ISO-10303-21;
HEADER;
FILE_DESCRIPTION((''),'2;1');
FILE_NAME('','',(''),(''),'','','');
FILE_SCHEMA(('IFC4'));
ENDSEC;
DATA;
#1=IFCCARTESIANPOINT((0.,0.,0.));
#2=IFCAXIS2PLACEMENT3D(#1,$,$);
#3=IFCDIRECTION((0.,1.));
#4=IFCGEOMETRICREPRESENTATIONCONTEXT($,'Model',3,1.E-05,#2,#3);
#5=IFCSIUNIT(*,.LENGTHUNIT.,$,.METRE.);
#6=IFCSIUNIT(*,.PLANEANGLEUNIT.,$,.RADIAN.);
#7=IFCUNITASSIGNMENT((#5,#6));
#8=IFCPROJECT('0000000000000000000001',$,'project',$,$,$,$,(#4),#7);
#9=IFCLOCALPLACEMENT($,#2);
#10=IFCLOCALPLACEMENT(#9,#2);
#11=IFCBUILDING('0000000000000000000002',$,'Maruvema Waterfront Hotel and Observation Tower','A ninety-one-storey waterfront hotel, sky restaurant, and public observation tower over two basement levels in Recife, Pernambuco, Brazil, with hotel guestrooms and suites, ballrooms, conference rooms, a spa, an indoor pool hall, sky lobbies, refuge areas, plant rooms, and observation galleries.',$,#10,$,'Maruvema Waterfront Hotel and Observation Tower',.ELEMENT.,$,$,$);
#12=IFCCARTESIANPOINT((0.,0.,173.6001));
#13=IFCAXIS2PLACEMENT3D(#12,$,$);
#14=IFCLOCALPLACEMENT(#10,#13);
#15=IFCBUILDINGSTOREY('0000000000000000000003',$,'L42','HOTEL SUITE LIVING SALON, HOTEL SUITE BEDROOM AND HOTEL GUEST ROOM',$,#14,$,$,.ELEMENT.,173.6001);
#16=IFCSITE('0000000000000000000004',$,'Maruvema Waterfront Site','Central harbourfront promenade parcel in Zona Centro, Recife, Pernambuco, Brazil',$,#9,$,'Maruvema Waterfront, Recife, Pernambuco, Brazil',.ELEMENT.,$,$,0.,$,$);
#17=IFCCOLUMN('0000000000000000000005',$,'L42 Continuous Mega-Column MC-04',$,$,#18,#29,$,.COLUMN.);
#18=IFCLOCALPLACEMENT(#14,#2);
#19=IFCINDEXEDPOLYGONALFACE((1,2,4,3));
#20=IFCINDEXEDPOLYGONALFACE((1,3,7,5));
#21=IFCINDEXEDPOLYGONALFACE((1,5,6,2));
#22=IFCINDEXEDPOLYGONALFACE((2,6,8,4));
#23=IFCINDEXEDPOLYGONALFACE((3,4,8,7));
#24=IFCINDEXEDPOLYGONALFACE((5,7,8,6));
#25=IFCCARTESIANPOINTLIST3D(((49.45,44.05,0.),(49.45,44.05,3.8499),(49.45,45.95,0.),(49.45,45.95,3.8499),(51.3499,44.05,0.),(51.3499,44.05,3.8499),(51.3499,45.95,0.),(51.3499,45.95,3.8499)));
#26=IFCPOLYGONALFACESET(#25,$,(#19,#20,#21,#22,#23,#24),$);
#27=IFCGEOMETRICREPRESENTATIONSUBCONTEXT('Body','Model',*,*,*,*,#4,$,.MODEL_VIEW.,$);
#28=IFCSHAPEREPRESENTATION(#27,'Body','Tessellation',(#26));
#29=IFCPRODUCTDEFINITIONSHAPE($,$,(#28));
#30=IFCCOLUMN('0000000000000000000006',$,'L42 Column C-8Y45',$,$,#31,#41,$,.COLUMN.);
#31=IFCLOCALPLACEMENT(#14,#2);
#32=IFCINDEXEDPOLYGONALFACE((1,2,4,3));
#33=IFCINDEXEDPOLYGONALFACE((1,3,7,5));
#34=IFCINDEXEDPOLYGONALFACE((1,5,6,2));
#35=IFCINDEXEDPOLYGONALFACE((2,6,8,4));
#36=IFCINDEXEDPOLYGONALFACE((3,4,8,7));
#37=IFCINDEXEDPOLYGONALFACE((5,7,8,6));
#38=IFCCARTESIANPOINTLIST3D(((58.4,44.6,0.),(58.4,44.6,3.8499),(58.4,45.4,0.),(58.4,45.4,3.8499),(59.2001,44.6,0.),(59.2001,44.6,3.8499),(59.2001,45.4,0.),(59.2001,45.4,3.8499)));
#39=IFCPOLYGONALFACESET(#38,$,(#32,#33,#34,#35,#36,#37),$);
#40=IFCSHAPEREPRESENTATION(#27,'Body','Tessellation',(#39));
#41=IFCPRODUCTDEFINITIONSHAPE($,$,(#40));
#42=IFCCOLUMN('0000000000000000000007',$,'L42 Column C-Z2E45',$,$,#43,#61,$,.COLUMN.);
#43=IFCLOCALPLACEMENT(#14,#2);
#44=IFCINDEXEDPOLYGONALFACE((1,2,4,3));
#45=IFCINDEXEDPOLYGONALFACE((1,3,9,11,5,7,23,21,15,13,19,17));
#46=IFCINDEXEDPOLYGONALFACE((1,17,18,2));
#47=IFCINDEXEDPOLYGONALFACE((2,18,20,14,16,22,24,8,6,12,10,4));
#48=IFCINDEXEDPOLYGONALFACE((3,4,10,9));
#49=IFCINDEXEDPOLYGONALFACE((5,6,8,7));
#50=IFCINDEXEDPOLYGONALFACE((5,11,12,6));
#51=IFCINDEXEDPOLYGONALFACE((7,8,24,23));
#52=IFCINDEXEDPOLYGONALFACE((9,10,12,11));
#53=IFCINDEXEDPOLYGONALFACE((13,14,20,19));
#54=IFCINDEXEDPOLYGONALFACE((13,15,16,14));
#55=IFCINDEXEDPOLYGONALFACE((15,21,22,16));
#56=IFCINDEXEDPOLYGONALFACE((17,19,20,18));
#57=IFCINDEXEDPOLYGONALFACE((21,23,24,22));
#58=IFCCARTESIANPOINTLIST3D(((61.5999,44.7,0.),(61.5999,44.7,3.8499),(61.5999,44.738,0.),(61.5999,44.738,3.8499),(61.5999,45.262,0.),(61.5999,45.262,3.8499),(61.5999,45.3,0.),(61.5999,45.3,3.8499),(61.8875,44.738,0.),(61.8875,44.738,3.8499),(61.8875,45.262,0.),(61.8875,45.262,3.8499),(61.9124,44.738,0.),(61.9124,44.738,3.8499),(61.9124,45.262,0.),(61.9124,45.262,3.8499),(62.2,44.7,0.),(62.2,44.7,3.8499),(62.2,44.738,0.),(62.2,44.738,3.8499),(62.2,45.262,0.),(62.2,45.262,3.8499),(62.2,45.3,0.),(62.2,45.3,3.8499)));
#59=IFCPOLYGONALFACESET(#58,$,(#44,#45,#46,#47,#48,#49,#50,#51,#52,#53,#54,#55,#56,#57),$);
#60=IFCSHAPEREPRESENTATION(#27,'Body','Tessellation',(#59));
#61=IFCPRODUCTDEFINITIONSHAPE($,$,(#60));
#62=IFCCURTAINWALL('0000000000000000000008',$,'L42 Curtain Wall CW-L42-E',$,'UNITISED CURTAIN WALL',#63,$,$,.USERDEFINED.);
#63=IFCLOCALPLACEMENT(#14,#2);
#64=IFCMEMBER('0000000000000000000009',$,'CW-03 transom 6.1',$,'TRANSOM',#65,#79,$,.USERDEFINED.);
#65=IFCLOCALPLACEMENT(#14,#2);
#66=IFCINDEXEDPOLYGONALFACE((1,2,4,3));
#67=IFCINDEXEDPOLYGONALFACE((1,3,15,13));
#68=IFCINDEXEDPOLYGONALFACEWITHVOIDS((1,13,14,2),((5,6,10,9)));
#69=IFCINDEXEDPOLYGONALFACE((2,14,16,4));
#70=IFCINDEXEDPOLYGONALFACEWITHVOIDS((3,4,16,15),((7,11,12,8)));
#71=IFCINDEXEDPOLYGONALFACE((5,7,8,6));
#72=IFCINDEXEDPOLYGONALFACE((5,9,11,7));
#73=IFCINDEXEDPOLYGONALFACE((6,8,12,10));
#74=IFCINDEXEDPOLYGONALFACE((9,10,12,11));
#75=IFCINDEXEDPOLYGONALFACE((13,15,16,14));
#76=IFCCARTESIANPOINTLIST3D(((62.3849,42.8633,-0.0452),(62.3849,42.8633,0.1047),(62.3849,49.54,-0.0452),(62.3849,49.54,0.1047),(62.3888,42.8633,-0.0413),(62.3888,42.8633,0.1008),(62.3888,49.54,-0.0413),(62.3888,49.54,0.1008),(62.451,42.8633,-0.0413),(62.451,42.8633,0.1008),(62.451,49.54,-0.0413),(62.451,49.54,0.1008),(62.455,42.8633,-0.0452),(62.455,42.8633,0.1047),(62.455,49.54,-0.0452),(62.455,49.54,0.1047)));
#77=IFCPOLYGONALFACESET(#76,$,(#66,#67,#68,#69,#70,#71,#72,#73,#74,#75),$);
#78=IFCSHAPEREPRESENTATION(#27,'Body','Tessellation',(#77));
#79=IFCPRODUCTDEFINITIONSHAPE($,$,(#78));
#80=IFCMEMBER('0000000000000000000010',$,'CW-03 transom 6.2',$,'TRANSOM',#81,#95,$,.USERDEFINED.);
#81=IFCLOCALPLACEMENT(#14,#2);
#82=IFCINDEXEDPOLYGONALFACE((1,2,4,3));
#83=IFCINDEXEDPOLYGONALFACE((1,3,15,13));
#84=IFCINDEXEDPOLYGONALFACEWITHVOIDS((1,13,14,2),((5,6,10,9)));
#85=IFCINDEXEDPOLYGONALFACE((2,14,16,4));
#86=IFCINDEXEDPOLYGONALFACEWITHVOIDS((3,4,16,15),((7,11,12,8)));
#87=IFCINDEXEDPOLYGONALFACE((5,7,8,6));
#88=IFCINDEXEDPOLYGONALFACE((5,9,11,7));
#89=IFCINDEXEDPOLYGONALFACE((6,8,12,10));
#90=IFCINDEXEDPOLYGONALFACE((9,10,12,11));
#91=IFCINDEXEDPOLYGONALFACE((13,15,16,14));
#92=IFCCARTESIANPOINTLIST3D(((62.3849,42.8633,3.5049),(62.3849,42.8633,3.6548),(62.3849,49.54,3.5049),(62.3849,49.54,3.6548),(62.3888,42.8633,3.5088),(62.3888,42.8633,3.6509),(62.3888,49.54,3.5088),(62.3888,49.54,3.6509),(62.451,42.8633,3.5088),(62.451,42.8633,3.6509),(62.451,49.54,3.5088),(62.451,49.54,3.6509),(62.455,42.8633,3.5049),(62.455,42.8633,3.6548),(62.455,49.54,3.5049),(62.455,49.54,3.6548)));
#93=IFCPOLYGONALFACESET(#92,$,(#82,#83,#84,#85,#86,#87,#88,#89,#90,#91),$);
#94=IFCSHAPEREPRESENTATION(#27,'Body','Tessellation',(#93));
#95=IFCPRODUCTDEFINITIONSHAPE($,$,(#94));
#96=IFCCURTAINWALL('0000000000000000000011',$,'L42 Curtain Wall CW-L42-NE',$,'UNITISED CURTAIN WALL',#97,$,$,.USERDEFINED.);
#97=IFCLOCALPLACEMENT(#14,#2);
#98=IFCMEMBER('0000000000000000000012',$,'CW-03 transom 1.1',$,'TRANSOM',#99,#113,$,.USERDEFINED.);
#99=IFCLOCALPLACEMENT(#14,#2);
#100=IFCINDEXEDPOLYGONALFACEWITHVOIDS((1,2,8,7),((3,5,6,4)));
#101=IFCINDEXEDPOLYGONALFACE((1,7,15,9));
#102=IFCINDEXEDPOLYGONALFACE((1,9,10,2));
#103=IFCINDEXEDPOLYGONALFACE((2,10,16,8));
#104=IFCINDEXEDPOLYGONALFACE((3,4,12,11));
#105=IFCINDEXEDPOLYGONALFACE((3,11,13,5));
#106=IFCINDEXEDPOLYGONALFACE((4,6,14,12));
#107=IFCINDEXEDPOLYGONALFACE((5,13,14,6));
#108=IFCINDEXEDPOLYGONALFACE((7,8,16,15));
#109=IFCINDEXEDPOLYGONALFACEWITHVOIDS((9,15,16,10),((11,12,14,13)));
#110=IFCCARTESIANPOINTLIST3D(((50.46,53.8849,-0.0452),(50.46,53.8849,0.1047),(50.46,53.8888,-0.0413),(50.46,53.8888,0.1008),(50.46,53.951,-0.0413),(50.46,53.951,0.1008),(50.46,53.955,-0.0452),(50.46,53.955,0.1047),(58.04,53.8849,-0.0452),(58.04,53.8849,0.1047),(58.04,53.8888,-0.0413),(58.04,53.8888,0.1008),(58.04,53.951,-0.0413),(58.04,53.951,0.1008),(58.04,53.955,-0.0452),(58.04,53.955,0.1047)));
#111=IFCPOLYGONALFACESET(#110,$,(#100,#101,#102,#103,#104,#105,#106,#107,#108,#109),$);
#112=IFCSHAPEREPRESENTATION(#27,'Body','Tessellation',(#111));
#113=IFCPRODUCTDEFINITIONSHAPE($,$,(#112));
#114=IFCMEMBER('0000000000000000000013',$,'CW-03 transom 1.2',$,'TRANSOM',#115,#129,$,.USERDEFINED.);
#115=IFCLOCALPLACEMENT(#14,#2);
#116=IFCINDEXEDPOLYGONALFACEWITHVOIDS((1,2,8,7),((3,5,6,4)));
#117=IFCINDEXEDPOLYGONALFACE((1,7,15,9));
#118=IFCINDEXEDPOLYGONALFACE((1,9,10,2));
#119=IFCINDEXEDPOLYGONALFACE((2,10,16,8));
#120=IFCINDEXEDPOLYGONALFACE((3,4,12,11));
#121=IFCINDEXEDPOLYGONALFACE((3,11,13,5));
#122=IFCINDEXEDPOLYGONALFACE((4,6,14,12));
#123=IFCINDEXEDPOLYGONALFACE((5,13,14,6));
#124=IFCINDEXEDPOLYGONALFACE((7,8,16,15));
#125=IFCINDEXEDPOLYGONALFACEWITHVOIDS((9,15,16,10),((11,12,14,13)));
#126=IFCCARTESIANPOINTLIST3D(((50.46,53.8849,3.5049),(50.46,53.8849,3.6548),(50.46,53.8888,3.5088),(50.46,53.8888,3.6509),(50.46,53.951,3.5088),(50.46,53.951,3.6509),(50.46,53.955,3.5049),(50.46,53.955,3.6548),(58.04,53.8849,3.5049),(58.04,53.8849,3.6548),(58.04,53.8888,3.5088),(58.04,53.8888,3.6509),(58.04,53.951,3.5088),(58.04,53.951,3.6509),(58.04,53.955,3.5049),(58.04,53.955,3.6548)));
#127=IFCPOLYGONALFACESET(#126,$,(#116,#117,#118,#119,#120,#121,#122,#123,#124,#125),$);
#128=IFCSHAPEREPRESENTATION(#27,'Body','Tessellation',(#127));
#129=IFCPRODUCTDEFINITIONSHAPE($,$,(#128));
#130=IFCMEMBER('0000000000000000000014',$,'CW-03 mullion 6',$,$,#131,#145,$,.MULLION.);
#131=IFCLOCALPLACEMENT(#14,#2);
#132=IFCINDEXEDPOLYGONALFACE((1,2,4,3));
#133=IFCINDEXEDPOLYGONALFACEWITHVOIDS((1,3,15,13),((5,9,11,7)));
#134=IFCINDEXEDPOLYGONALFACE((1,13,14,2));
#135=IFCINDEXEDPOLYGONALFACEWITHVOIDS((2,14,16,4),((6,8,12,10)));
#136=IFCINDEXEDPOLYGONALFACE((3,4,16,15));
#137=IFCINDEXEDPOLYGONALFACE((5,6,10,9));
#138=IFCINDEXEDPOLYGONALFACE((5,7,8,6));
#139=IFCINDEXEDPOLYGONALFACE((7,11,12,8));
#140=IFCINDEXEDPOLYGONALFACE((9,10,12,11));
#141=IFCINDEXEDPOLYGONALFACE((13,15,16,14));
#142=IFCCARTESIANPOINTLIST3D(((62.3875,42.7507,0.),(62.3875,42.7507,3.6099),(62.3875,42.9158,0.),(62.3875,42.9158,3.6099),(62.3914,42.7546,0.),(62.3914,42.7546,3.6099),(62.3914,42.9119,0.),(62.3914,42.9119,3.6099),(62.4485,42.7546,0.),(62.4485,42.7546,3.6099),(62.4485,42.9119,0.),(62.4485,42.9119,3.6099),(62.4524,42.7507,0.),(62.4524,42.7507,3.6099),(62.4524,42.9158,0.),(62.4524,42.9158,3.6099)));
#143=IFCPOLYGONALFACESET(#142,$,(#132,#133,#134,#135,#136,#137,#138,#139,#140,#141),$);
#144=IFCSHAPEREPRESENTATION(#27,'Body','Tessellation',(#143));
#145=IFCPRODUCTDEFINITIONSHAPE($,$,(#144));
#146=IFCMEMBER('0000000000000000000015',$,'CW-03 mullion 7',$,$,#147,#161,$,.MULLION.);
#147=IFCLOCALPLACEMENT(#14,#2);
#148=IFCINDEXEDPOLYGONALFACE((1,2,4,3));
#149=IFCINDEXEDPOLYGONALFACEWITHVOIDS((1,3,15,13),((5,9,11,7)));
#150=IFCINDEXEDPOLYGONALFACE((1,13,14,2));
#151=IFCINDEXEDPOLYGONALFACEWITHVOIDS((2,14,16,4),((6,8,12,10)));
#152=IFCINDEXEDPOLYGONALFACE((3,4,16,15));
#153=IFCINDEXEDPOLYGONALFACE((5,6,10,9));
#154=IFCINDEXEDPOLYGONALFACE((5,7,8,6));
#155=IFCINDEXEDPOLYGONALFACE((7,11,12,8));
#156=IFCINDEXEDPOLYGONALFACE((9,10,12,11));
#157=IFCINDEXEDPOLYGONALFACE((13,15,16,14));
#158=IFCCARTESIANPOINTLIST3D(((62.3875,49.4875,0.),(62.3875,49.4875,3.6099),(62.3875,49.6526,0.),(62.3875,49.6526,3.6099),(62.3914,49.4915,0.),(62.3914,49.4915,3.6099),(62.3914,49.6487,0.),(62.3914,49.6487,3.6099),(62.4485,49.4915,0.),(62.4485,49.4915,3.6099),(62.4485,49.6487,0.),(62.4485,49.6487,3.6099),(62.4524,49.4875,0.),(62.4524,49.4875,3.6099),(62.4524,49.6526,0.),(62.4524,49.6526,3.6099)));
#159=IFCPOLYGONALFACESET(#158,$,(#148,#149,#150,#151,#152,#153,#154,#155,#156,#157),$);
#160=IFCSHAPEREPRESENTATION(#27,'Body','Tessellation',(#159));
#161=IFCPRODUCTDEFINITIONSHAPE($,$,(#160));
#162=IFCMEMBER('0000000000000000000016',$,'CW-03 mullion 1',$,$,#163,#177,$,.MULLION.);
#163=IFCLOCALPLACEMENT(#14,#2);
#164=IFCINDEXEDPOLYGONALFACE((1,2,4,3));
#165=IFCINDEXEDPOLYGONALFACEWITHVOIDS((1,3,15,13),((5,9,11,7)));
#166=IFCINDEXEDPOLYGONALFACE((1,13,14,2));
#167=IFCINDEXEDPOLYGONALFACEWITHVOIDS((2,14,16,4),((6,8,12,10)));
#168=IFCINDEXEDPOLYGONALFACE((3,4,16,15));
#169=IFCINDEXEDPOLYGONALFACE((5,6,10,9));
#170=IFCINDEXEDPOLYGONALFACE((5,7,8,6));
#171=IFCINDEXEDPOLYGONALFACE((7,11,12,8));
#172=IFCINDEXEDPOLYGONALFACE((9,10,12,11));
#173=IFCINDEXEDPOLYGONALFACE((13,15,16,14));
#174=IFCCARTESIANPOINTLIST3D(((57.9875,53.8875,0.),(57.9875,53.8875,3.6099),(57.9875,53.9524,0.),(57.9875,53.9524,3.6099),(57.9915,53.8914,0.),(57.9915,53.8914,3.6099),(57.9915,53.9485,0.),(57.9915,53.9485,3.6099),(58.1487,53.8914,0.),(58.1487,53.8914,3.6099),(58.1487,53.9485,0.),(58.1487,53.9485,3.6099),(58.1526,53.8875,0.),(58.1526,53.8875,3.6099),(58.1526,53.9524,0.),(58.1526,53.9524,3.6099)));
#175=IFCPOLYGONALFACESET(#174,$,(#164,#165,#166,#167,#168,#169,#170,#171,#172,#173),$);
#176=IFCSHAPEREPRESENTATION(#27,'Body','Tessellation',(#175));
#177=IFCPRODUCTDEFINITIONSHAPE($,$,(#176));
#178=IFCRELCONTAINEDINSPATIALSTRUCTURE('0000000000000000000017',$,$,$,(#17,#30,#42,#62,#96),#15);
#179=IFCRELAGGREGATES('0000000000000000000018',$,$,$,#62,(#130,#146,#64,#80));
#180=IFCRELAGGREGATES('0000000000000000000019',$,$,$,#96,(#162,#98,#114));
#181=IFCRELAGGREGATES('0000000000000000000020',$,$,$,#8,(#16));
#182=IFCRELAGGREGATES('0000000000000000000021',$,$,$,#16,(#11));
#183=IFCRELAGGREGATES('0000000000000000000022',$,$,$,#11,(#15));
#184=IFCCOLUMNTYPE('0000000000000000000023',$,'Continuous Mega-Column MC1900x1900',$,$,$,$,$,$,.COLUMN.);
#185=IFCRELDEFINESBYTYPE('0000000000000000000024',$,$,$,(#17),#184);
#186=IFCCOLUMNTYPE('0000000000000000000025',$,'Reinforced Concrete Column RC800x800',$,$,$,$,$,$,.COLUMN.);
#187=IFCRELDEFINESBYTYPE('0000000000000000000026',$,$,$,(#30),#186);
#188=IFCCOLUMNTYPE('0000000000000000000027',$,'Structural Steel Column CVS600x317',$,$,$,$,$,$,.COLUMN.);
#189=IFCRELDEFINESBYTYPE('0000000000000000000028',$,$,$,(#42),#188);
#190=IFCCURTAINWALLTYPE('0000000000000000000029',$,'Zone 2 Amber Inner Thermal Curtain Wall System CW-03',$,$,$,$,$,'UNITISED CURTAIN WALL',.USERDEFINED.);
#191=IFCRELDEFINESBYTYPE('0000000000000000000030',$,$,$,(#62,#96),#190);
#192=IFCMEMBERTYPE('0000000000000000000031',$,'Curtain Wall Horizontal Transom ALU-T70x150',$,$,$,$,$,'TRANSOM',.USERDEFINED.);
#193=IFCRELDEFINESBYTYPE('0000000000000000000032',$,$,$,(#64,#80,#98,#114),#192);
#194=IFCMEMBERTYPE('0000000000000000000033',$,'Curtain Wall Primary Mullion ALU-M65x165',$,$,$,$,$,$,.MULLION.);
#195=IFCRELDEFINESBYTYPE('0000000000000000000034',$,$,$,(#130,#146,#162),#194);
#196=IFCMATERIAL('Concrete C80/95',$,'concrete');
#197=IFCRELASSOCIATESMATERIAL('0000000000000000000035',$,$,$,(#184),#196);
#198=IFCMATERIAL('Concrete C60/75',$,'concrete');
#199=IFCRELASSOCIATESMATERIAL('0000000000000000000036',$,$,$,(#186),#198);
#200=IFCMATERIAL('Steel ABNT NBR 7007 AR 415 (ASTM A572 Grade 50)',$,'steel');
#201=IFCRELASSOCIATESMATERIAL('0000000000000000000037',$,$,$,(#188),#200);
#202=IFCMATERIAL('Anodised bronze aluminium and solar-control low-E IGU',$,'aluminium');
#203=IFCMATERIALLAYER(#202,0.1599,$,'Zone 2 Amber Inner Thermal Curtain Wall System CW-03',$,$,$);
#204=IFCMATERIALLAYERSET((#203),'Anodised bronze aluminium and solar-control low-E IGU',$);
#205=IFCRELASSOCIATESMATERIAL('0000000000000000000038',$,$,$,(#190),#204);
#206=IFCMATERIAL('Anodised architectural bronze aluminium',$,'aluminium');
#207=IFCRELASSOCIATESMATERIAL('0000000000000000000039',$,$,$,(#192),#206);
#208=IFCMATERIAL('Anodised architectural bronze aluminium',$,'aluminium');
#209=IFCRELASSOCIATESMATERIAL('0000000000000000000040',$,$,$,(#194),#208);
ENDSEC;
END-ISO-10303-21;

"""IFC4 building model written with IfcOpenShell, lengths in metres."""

from ifc_helpers import new_model, si_unit, direction, frame, origin, origin_2d, place, context, subcontext, project, spatial, rectangle, hollow_rectangle, i_section, extrude, material, layer, layer_set, material_profile, profile_set, type_object, element, aggregate, save


model = new_model("IFC4")

# Units and contexts
model_context = context("Model", 3, precision=1e-05, world=origin(), true_north=direction((0.0, 1.0)))
body_context = subcontext(model_context, "Body", "Model", "MODEL_VIEW")
ifc_project = project(units=[si_unit("LENGTHUNIT", "METRE"), si_unit("PLANEANGLEUNIT", "RADIAN")], contexts=[model_context])

# Site, building, storey
site_placement = place(None, origin())
site = spatial("IfcSite", under=ifc_project, at=site_placement, Name="Maruvema Waterfront Site", Description="Central harbourfront promenade parcel in Zona Centro, Recife, Pernambuco, Brazil", LongName="Maruvema Waterfront, Recife, Pernambuco, Brazil", CompositionType="ELEMENT", RefElevation=0.0)
building_placement = place(site_placement, origin())
building = spatial("IfcBuilding", under=site, at=building_placement, Name="Maruvema Waterfront Hotel and Observation Tower", Description="A ninety-one-storey waterfront hotel, sky restaurant, and public observation tower over two basement levels in Recife, Pernambuco, Brazil, with hotel guestrooms and suites, ballrooms, conference rooms, a spa, an indoor pool hall, sky lobbies, refuge areas, plant rooms, and observation galleries.", LongName="Maruvema Waterfront Hotel and Observation Tower", CompositionType="ELEMENT")
storey_placement = place(building_placement, frame((0.0, 0.0, 173.6001)))
storey = spatial("IfcBuildingStorey", under=building, at=storey_placement, Name="L42", Description="HOTEL SUITE LIVING SALON, HOTEL SUITE BEDROOM AND HOTEL GUEST ROOM", CompositionType="ELEMENT", Elevation=173.6001)

# Columns
ifc_material_1 = material(Name="Concrete C80/95", Category="concrete")
ifc_material_profile_1 = material_profile(ifc_material_1, rectangle(XDim=1.8999, YDim=1.8999, at=origin_2d()), Name="MC1900x1900")
ifc_profile_set_1 = profile_set([ifc_material_profile_1], Name="Concrete C80/95")
column_type_1 = type_object("IfcColumnType", Name="Continuous Mega-Column MC1900x1900", PredefinedType="COLUMN", material=ifc_profile_set_1)
column_1_placement = place(storey_placement, frame((50.3999, 45.0, 0.0), z_axis=(0.0, 0.0, 1.0), x_axis=(1.0, 0.0, 0.0)))
element("IfcColumn", 1, at=column_1_placement, inside=storey, type_object=column_type_1, Name="L42 Continuous Mega-Column MC-04", PredefinedType="COLUMN", context=body_context, shape_type="SweptSolid", body=[
    extrude(rectangle(XDim=1.8999, YDim=1.8999, at=origin_2d()), origin(), (0.0, 0.0, 1.0), 3.8499),
])
ifc_material_2 = material(Name="Concrete C60/75", Category="concrete")
ifc_material_profile_2 = material_profile(ifc_material_2, rectangle(XDim=0.8, YDim=0.8, at=origin_2d()), Name="RC800x800")
ifc_profile_set_2 = profile_set([ifc_material_profile_2], Name="Concrete C60/75")
column_type_2 = type_object("IfcColumnType", Name="Reinforced Concrete Column RC800x800", PredefinedType="COLUMN", material=ifc_profile_set_2)
column_2_placement = place(storey_placement, frame((58.8, 45.0, 0.0), z_axis=(0.0, 0.0, 1.0), x_axis=(1.0, 0.0, 0.0)))
element("IfcColumn", 2, at=column_2_placement, inside=storey, type_object=column_type_2, Name="L42 Column C-8Y45", PredefinedType="COLUMN", context=body_context, shape_type="SweptSolid", body=[
    extrude(rectangle(XDim=0.8, YDim=0.8, at=origin_2d()), origin(), (0.0, 0.0, 1.0), 3.8499),
])
ifc_material_3 = material(Name="Steel ABNT NBR 7007 AR 415 (ASTM A572 Grade 50)", Category="steel")
ifc_material_profile_3 = material_profile(ifc_material_3, i_section(OverallWidth=0.6001, OverallDepth=0.6001, WebThickness=0.0249, FlangeThickness=0.0381, at=origin_2d()), Name="CVS600x317")
ifc_profile_set_3 = profile_set([ifc_material_profile_3], Name="Steel ABNT NBR 7007 AR 415 (ASTM A572 Grade 50)")
column_type_3 = type_object("IfcColumnType", Name="Structural Steel Column CVS600x317", PredefinedType="COLUMN", material=ifc_profile_set_3)
column_3_placement = place(storey_placement, frame((61.8999, 45.0, 0.0), z_axis=(0.0, 0.0, 1.0), x_axis=(1.0, 0.0, 0.0)))
element("IfcColumn", 3, at=column_3_placement, inside=storey, type_object=column_type_3, Name="L42 Column C-Z2E45", PredefinedType="COLUMN", context=body_context, shape_type="SweptSolid", body=[
    extrude(i_section(OverallWidth=0.6001, OverallDepth=0.6001, WebThickness=0.0249, FlangeThickness=0.0381, at=origin_2d()), origin(), (0.0, 0.0, 1.0), 3.8499),
])

# Curtain walls, members
ifc_material_4 = material(Name="Anodised bronze aluminium and solar-control low-E IGU", Category="aluminium")
ifc_layer_1 = layer(ifc_material_4, 0.1599, Name="Zone 2 Amber Inner Thermal Curtain Wall System CW-03")
ifc_layer_set_1 = layer_set([ifc_layer_1], Name="Anodised bronze aluminium and solar-control low-E IGU")
curtain_wall_type = type_object("IfcCurtainWallType", Name="Zone 2 Amber Inner Thermal Curtain Wall System CW-03", ElementType="UNITISED CURTAIN WALL", PredefinedType="USERDEFINED", material=ifc_layer_set_1)
curtain_wall_1_placement = place(storey_placement, origin())
curtain_wall_1 = element("IfcCurtainWall", 4, at=curtain_wall_1_placement, inside=storey, type_object=curtain_wall_type, Name="L42 Curtain Wall CW-L42-E", ObjectType="UNITISED CURTAIN WALL", PredefinedType="USERDEFINED")
ifc_material_5 = material(Name="Anodised architectural bronze aluminium", Category="aluminium")
ifc_material_profile_4 = material_profile(ifc_material_5, hollow_rectangle(XDim=0.0701, YDim=0.1499, WallThickness=0.0039, at=origin_2d()), Name="ALU-T70x150")
ifc_profile_set_4 = profile_set([ifc_material_profile_4], Name="Anodised architectural bronze aluminium")
member_type_1 = type_object("IfcMemberType", Name="Curtain Wall Horizontal Transom ALU-T70x150", ElementType="TRANSOM", PredefinedType="USERDEFINED", material=ifc_profile_set_4)
member_1_placement = place(storey_placement, frame((62.4199, 42.8633, 0.0298), z_axis=(0.0, 1.0, 0.0), x_axis=(-1.0, 0.0, 0.0)))
member_1 = element("IfcMember", 5, at=member_1_placement, type_object=member_type_1, Name="CW-03 transom 6.1", ObjectType="TRANSOM", PredefinedType="USERDEFINED", context=body_context, shape_type="SweptSolid", body=[
    extrude(hollow_rectangle(XDim=0.0701, YDim=0.1499, WallThickness=0.0039, at=origin_2d()), origin(), (0.0, 0.0, 1.0), 6.6768),
])
member_2_placement = place(storey_placement, frame((62.4199, 42.8633, 3.5798), z_axis=(0.0, 1.0, 0.0), x_axis=(-1.0, 0.0, 0.0)))
member_2 = element("IfcMember", 6, at=member_2_placement, type_object=member_type_1, Name="CW-03 transom 6.2", ObjectType="TRANSOM", PredefinedType="USERDEFINED", context=body_context, shape_type="SweptSolid", body=[
    extrude(hollow_rectangle(XDim=0.0701, YDim=0.1499, WallThickness=0.0039, at=origin_2d()), origin(), (0.0, 0.0, 1.0), 6.6768),
])
curtain_wall_2_placement = place(storey_placement, origin())
curtain_wall_2 = element("IfcCurtainWall", 7, at=curtain_wall_2_placement, inside=storey, type_object=curtain_wall_type, Name="L42 Curtain Wall CW-L42-NE", ObjectType="UNITISED CURTAIN WALL", PredefinedType="USERDEFINED")
member_3_placement = place(storey_placement, frame((58.04, 53.9199, 0.0298), z_axis=(-1.0, 0.0, 0.0), x_axis=(0.0, -1.0, 0.0)))
member_3 = element("IfcMember", 8, at=member_3_placement, type_object=member_type_1, Name="CW-03 transom 1.1", ObjectType="TRANSOM", PredefinedType="USERDEFINED", context=body_context, shape_type="SweptSolid", body=[
    extrude(hollow_rectangle(XDim=0.0701, YDim=0.1499, WallThickness=0.0039, at=origin_2d()), origin(), (0.0, 0.0, 1.0), 7.5801),
])
member_4_placement = place(storey_placement, frame((58.04, 53.9199, 3.5798), z_axis=(-1.0, 0.0, 0.0), x_axis=(0.0, -1.0, 0.0)))
member_4 = element("IfcMember", 9, at=member_4_placement, type_object=member_type_1, Name="CW-03 transom 1.2", ObjectType="TRANSOM", PredefinedType="USERDEFINED", context=body_context, shape_type="SweptSolid", body=[
    extrude(hollow_rectangle(XDim=0.0701, YDim=0.1499, WallThickness=0.0039, at=origin_2d()), origin(), (0.0, 0.0, 1.0), 7.5801),
])

# Members
ifc_material_6 = material(Name="Anodised architectural bronze aluminium", Category="aluminium")
ifc_material_profile_5 = material_profile(ifc_material_6, hollow_rectangle(XDim=0.0649, YDim=0.165, WallThickness=0.0039, at=origin_2d()), Name="ALU-M65x165")
ifc_profile_set_5 = profile_set([ifc_material_profile_5], Name="Anodised architectural bronze aluminium")
member_type_2 = type_object("IfcMemberType", Name="Curtain Wall Primary Mullion ALU-M65x165", PredefinedType="MULLION", material=ifc_profile_set_5)
member_5_placement = place(storey_placement, frame((62.4199, 42.8333, 0.0), z_axis=(0.0, 0.0, 1.0), x_axis=(-1.0, 0.0, 0.0)))
member_5 = element("IfcMember", 10, at=member_5_placement, type_object=member_type_2, Name="CW-03 mullion 6", PredefinedType="MULLION", context=body_context, shape_type="SweptSolid", body=[
    extrude(hollow_rectangle(XDim=0.0649, YDim=0.165, WallThickness=0.0039, at=origin_2d()), origin(), (0.0, 0.0, 1.0), 3.6099),
])
member_6_placement = place(storey_placement, frame((62.4199, 49.5701, 0.0), z_axis=(0.0, 0.0, 1.0), x_axis=(-1.0, 0.0, 0.0)))
member_6 = element("IfcMember", 11, at=member_6_placement, type_object=member_type_2, Name="CW-03 mullion 7", PredefinedType="MULLION", context=body_context, shape_type="SweptSolid", body=[
    extrude(hollow_rectangle(XDim=0.0649, YDim=0.165, WallThickness=0.0039, at=origin_2d()), origin(), (0.0, 0.0, 1.0), 3.6099),
])
member_7_placement = place(storey_placement, frame((58.0701, 53.9199, 0.0), z_axis=(0.0, 0.0, 1.0), x_axis=(0.0, -1.0, 0.0)))
member_7 = element("IfcMember", 12, at=member_7_placement, type_object=member_type_2, Name="CW-03 mullion 1", PredefinedType="MULLION", context=body_context, shape_type="SweptSolid", body=[
    extrude(hollow_rectangle(XDim=0.0649, YDim=0.165, WallThickness=0.0039, at=origin_2d()), origin(), (0.0, 0.0, 1.0), 3.6099),
])

aggregate(curtain_wall_1, [member_5, member_6, member_1, member_2])
aggregate(curtain_wall_2, [member_7, member_3, member_4])

save(model, "model.ifc")
